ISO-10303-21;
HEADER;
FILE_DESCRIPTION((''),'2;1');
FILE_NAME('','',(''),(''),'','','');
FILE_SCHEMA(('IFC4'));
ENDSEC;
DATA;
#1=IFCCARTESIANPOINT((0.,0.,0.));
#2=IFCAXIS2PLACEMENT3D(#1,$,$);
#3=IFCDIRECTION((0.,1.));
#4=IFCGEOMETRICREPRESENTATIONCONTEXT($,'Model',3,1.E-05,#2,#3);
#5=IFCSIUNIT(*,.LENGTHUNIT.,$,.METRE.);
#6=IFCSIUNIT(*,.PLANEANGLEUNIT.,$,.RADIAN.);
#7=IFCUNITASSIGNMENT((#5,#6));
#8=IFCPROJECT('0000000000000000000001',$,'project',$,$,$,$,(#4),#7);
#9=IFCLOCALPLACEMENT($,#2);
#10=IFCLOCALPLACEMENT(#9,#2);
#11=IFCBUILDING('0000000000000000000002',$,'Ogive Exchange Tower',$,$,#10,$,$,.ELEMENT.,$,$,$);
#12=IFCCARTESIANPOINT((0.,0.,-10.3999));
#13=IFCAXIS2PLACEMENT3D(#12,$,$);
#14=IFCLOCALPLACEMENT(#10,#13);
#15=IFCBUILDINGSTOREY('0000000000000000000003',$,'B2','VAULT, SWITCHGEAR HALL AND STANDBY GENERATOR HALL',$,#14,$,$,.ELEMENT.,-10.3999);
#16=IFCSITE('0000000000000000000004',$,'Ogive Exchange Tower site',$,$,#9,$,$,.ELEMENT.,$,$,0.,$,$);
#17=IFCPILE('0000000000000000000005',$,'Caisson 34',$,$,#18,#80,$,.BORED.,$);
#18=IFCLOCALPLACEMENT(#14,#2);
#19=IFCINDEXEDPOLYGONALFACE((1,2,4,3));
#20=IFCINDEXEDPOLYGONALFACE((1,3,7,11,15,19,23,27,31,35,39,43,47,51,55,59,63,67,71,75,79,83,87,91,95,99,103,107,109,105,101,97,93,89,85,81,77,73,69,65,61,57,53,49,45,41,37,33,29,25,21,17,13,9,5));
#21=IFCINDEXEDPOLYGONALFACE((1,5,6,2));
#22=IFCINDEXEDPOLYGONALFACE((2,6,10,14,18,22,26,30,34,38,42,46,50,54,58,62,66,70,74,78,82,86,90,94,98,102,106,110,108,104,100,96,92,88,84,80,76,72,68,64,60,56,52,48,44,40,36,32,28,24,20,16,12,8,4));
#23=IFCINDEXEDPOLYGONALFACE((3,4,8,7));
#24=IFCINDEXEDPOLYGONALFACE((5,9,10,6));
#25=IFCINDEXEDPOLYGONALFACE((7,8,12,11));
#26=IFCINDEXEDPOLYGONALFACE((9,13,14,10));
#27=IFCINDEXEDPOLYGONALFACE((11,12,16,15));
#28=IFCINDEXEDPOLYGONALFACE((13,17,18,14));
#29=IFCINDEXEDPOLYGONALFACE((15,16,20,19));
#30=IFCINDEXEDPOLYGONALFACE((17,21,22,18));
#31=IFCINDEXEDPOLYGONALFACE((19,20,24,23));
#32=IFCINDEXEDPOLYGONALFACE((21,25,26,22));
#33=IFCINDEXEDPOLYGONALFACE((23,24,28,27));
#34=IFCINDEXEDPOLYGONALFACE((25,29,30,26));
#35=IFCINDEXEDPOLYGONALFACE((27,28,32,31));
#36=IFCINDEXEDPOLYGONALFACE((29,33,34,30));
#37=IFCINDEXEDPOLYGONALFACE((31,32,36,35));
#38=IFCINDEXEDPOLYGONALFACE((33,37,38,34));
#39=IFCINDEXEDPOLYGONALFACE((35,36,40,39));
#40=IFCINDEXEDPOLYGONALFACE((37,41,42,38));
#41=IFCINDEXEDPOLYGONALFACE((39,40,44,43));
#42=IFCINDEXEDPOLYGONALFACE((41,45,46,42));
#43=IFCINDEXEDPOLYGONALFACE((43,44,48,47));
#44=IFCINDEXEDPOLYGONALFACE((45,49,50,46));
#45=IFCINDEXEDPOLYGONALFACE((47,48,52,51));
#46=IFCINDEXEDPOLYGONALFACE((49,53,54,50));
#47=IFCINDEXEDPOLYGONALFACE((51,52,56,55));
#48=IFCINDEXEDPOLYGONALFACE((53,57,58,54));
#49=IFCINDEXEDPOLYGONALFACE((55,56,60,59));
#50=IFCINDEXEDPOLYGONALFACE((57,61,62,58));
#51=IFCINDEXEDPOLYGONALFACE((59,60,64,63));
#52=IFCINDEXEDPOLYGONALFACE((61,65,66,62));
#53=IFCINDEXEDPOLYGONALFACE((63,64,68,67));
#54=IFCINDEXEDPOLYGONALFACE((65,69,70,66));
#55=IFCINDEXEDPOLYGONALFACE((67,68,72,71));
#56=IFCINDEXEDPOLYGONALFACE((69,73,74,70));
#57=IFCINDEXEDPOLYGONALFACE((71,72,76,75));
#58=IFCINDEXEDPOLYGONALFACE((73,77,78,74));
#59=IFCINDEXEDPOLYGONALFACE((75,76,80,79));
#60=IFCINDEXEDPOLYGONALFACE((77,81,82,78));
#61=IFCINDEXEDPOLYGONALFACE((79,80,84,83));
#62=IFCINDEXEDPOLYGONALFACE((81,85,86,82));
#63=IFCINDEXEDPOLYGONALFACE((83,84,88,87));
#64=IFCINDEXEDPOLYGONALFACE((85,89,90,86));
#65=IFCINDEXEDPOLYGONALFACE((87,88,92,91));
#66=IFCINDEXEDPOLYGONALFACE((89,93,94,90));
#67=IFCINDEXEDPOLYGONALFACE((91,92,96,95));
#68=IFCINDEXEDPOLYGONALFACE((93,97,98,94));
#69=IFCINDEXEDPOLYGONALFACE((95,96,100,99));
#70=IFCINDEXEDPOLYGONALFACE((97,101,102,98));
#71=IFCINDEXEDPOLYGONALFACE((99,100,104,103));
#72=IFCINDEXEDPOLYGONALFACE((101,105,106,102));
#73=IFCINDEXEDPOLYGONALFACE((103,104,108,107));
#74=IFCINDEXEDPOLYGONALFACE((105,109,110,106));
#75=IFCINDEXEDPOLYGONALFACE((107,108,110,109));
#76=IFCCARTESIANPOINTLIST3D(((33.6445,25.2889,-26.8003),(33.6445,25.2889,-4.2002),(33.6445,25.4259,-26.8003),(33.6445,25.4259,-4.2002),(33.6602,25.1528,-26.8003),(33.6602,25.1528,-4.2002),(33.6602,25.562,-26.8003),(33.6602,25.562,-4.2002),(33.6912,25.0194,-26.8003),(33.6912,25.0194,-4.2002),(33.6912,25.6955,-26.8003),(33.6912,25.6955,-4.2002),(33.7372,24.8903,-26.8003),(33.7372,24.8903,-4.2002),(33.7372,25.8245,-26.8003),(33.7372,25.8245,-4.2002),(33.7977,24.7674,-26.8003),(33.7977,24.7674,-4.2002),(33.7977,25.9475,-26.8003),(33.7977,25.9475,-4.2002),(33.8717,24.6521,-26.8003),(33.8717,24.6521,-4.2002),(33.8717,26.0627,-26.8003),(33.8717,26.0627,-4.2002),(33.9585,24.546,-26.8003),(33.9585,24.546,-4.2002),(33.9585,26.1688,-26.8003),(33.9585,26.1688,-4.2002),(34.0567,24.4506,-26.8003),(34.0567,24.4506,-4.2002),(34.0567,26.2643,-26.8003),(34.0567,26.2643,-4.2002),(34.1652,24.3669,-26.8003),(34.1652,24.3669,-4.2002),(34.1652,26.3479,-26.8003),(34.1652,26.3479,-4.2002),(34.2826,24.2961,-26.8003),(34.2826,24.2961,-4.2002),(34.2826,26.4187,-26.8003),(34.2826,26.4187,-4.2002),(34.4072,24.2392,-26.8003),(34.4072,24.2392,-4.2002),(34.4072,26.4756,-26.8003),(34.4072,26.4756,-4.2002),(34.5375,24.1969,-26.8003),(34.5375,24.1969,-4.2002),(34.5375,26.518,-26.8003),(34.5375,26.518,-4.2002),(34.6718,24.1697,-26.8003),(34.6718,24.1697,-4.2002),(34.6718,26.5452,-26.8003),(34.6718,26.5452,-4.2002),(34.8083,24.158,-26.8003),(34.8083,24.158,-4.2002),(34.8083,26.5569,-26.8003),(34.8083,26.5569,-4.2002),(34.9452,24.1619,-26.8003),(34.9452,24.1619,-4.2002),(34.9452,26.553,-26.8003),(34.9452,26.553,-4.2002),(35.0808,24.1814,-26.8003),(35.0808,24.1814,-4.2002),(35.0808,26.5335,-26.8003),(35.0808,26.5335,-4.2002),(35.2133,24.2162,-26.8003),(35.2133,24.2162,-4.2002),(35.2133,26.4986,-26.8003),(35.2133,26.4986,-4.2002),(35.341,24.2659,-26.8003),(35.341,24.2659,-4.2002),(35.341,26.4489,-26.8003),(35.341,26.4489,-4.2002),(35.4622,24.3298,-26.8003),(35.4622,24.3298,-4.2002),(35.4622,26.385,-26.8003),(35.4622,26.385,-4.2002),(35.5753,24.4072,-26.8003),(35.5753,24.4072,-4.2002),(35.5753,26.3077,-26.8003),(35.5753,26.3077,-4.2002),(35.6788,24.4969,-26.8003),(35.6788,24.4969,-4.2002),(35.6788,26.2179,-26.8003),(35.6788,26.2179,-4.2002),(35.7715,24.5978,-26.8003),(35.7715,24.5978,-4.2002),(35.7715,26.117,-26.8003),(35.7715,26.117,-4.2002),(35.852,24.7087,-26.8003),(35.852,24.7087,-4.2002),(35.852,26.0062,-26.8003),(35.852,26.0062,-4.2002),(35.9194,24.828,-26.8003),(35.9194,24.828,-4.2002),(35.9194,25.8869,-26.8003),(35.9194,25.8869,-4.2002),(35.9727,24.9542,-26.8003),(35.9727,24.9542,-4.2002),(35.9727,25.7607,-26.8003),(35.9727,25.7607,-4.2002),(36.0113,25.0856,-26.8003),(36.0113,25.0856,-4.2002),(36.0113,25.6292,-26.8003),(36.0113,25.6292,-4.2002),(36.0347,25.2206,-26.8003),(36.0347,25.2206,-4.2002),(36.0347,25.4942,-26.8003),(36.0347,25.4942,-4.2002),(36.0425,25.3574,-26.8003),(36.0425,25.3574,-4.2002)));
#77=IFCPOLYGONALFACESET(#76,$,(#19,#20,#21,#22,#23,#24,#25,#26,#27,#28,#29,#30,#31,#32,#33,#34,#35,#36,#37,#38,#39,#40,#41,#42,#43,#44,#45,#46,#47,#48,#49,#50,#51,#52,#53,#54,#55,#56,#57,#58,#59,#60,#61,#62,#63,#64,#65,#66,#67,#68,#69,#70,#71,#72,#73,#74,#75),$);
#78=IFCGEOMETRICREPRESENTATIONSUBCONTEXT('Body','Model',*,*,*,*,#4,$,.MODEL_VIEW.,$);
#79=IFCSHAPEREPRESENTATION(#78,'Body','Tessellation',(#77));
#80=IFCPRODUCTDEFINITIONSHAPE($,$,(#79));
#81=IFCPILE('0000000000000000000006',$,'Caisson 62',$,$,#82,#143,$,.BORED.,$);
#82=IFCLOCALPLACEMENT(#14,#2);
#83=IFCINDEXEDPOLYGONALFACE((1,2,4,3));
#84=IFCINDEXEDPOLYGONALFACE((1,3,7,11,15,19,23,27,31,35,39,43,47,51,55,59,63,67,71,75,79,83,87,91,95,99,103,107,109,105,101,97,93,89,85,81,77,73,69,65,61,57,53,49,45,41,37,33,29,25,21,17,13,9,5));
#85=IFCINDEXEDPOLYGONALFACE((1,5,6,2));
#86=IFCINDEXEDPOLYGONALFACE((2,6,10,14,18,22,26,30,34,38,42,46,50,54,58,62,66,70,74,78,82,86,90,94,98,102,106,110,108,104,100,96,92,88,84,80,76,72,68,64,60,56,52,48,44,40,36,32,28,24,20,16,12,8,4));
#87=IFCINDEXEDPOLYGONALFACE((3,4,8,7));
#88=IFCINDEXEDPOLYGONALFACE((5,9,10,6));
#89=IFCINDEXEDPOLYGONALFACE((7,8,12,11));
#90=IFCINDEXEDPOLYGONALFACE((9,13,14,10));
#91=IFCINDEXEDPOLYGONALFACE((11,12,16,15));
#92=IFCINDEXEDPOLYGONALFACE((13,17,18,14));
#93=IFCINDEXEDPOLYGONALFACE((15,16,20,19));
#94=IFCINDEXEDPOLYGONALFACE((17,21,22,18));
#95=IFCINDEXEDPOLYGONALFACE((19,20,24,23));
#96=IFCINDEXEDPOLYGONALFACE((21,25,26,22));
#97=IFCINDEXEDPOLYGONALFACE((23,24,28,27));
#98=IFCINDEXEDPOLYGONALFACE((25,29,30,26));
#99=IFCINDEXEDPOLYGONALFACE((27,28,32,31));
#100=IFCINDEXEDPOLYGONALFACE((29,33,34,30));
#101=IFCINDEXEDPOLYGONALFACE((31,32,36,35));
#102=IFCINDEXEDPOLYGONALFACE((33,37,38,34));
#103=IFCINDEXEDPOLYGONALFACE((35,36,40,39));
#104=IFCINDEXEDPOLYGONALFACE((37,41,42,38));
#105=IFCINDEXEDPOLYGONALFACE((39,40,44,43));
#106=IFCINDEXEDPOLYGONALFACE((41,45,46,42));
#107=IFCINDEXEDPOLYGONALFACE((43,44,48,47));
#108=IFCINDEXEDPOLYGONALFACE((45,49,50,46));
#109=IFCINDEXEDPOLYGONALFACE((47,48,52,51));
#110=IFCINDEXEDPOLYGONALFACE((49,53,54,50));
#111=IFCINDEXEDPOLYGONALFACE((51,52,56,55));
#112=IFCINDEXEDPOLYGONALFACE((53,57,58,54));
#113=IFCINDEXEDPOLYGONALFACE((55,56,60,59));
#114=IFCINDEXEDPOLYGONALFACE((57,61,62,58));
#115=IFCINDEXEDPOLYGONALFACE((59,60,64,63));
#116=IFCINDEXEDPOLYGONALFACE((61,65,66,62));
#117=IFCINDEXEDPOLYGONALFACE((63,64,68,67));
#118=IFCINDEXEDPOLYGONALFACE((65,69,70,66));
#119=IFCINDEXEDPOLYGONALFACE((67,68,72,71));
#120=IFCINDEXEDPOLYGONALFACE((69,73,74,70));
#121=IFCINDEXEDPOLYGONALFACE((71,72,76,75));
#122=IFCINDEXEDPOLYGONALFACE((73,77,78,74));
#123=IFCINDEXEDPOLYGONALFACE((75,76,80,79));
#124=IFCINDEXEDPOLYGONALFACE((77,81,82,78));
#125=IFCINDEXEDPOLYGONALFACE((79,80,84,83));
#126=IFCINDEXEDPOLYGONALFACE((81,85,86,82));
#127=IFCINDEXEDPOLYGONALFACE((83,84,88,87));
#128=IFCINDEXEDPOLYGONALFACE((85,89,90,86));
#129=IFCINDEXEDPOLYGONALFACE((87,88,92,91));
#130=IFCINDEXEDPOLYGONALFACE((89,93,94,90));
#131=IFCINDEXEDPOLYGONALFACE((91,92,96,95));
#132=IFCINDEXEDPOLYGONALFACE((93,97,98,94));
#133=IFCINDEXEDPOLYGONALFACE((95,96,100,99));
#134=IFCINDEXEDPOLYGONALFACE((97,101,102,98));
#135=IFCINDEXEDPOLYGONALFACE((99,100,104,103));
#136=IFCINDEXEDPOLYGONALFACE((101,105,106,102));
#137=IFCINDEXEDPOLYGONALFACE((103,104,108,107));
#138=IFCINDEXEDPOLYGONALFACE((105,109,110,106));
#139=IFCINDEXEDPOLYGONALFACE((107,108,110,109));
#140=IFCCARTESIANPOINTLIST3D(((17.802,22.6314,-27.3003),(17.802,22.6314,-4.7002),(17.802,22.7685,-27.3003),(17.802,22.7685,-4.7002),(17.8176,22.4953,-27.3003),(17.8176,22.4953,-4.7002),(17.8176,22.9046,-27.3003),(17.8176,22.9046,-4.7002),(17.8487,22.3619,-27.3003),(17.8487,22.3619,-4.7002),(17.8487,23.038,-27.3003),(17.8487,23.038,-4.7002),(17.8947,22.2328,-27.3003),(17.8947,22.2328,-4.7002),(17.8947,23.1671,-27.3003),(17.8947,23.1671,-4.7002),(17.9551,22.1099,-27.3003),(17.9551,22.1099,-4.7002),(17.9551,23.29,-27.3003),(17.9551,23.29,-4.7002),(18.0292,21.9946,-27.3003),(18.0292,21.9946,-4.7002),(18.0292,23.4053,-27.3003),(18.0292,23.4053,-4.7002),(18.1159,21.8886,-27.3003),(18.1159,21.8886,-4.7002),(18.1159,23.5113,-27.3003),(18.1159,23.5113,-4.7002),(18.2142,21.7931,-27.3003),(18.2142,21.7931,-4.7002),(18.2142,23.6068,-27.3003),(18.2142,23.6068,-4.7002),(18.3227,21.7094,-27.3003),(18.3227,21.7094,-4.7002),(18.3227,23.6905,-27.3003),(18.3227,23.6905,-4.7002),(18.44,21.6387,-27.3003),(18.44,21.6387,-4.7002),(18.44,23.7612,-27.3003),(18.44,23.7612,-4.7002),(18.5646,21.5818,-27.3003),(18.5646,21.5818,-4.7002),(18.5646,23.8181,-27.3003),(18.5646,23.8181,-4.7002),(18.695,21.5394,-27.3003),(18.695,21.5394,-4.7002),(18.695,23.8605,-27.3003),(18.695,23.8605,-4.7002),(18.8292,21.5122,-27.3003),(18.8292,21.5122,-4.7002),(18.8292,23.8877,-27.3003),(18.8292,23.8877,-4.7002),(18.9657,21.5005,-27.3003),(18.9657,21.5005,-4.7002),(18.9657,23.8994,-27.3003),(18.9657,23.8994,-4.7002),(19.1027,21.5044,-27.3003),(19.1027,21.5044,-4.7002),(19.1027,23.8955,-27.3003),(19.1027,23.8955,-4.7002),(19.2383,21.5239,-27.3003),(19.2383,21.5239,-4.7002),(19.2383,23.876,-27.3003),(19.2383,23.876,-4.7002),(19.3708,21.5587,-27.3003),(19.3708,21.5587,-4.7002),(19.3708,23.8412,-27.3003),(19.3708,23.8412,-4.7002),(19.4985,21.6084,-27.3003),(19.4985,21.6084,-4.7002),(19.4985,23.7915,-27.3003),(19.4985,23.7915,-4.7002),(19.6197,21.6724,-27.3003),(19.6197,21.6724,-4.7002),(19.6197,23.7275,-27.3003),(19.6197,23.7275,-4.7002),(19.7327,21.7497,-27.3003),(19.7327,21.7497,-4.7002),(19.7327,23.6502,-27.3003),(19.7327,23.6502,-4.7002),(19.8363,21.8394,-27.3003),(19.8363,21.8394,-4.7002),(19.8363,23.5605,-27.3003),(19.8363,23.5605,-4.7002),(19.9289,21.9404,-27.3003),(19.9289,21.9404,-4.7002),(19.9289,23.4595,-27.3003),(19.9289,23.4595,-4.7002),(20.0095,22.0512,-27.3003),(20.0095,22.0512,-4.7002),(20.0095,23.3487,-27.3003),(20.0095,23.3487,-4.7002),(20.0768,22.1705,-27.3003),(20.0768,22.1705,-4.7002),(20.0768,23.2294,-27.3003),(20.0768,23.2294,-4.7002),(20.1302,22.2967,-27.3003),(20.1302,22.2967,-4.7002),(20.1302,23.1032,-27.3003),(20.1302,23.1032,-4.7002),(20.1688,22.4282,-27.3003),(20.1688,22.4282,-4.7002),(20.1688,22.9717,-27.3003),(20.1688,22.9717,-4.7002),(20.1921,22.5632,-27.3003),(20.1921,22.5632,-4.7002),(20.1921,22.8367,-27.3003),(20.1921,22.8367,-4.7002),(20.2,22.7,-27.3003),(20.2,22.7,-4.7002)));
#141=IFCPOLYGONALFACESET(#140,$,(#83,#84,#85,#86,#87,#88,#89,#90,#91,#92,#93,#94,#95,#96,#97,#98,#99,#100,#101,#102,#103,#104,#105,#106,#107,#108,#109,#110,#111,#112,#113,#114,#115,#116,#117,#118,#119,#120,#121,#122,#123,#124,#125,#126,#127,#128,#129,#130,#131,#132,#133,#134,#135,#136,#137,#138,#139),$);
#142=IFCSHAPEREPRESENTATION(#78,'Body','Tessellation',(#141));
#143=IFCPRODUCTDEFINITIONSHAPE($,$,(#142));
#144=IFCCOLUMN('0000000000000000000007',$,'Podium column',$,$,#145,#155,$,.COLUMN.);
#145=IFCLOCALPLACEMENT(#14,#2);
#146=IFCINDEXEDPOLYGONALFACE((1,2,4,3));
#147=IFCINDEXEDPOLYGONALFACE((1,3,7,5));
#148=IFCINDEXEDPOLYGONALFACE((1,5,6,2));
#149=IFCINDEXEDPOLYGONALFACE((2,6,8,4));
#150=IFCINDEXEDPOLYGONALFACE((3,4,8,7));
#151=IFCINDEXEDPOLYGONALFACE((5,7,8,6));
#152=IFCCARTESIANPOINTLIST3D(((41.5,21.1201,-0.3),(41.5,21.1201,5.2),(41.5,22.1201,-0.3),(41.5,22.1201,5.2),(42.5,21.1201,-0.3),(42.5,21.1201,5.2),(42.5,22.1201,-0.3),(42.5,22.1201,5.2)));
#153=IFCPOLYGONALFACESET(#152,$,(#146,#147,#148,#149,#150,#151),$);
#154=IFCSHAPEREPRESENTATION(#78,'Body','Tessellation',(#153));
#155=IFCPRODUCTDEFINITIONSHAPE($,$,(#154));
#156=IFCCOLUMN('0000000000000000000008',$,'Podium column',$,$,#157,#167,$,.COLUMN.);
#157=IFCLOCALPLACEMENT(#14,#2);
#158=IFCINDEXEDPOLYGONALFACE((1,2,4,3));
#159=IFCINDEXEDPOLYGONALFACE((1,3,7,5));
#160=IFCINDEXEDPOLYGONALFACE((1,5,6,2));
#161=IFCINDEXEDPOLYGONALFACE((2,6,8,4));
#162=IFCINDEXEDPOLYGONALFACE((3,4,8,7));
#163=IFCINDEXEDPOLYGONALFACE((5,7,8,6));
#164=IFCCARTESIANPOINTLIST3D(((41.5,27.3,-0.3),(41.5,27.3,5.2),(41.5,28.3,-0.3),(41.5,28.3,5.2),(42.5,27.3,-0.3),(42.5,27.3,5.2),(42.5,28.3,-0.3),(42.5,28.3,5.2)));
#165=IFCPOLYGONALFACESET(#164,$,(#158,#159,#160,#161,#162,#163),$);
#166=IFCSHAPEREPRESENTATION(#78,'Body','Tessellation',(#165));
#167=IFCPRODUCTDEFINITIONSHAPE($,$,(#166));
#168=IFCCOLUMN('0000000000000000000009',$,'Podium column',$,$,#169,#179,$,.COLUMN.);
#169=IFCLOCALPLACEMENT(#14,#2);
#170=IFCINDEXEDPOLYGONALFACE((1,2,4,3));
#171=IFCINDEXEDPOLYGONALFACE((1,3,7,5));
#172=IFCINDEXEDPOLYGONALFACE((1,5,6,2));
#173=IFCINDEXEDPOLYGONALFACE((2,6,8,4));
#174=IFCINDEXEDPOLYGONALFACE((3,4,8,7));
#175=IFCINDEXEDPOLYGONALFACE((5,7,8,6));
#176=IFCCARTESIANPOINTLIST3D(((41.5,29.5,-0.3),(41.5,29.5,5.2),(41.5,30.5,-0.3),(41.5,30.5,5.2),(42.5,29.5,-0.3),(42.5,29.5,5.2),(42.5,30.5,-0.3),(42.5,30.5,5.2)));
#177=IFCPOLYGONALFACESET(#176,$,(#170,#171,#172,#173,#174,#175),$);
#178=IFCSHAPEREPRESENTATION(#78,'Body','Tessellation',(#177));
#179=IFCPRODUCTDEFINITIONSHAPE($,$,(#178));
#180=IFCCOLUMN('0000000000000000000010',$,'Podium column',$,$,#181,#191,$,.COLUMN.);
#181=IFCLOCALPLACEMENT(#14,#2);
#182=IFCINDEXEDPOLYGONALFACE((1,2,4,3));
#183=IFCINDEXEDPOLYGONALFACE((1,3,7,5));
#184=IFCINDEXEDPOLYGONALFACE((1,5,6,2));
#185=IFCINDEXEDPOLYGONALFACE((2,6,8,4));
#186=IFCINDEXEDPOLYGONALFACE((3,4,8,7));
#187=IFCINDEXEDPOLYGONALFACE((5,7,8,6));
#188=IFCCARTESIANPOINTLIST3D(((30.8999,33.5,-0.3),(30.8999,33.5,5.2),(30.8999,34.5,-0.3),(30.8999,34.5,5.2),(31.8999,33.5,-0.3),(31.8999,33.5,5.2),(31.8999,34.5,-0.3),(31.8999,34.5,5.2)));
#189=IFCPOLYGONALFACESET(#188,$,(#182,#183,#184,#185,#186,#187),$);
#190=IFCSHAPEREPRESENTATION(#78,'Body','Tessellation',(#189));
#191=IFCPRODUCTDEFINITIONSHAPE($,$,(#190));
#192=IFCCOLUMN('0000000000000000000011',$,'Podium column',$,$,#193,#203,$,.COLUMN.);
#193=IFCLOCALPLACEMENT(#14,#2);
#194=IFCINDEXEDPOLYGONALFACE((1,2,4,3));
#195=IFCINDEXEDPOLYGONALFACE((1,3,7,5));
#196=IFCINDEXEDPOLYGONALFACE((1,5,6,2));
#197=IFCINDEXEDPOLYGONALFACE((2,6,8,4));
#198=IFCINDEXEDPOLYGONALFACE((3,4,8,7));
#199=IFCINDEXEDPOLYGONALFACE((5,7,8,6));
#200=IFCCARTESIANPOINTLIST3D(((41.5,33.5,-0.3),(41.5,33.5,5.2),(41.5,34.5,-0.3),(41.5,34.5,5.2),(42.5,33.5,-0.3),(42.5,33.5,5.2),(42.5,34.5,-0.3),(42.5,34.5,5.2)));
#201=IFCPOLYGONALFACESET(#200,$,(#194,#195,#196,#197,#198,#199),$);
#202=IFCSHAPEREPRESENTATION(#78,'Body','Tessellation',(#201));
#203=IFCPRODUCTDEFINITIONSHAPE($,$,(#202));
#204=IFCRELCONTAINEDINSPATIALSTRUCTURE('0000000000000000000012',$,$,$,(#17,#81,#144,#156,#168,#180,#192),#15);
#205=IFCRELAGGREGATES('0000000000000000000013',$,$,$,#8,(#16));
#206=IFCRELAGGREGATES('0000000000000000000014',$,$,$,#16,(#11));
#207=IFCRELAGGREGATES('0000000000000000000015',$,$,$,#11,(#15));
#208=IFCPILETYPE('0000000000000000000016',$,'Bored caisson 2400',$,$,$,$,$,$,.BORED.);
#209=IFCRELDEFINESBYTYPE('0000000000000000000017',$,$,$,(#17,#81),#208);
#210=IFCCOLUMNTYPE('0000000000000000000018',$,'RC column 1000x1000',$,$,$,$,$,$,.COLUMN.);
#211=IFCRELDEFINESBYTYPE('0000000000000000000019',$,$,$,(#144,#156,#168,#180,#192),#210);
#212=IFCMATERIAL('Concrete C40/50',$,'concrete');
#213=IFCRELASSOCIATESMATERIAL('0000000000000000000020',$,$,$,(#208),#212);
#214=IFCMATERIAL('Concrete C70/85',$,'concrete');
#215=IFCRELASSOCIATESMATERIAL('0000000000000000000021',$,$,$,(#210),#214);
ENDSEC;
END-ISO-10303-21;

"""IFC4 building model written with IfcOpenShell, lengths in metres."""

from ifc_helpers import new_model, si_unit, direction, frame, origin, origin_2d, place, context, subcontext, project, spatial, rectangle, circle, extrude, material, material_profile, profile_set, type_object, element, save


model = new_model("IFC4")

# Units and contexts
model_context = context("Model", 3, precision=1e-05, world=origin(), true_north=direction((0.0, 1.0)))
body_context = subcontext(model_context, "Body", "Model", "MODEL_VIEW")
ifc_project = project(units=[si_unit("LENGTHUNIT", "METRE"), si_unit("PLANEANGLEUNIT", "RADIAN")], contexts=[model_context])

# Site, building, storey
site_placement = place(None, origin())
site = spatial("IfcSite", under=ifc_project, at=site_placement, Name="Ogive Exchange Tower site", CompositionType="ELEMENT", RefElevation=0.0)
building_placement = place(site_placement, origin())
building = spatial("IfcBuilding", under=site, at=building_placement, Name="Ogive Exchange Tower", CompositionType="ELEMENT")
storey_placement = place(building_placement, frame((0.0, 0.0, -10.3999)))
storey = spatial("IfcBuildingStorey", under=building, at=storey_placement, Name="B2", Description="VAULT, SWITCHGEAR HALL AND STANDBY GENERATOR HALL", CompositionType="ELEMENT", Elevation=-10.3999)

# Piles
ifc_material_1 = material(Name="Concrete C40/50", Category="concrete")
ifc_material_profile_1 = material_profile(ifc_material_1, circle(Radius=1.2, at=origin_2d()), Name="RC caisson 2400")
ifc_profile_set_1 = profile_set([ifc_material_profile_1], Name="Concrete C40/50")
pile_type = type_object("IfcPileType", Name="Bored caisson 2400", PredefinedType="BORED", material=ifc_profile_set_1)
for number, where, z_axis, x_axis, name in (
    (1, (34.8425, 25.3574, -4.2002), (0.0, 0.0, -1.0), (1.0, 0.0, 0.0), "Caisson 34"),
    (2, (19.0, 22.7, -4.7002), (0.0, 0.0, -1.0), (1.0, 0.0, 0.0), "Caisson 62"),
):
    element("IfcPile", number, at=place(storey_placement, frame(where, z_axis=z_axis, x_axis=x_axis)), inside=storey, type_object=pile_type, Name=name, PredefinedType="BORED", context=body_context, shape_type="SweptSolid", body=[
        extrude(circle(Radius=1.2, at=origin_2d()), origin(), (0.0, 0.0, 1.0), 22.6001),
    ])

# Columns
ifc_material_2 = material(Name="Concrete C70/85", Category="concrete")
ifc_material_profile_2 = material_profile(ifc_material_2, rectangle(XDim=1.0, YDim=1.0, at=origin_2d()), Name="RC 1000x1000")
ifc_profile_set_2 = profile_set([ifc_material_profile_2], Name="Concrete C70/85")
column_type_1 = type_object("IfcColumnType", Name="RC column 1000x1000", PredefinedType="COLUMN", material=ifc_profile_set_2)
for number, where, z_axis, x_axis, name in (
    (3, (42.0, 21.6201, -0.3), (0.0, 0.0, 1.0), (1.0, 0.0, 0.0), "Podium column"),
    (4, (42.0, 27.8, -0.3), (0.0, 0.0, 1.0), (1.0, 0.0, 0.0), "Podium column"),
    (5, (42.0, 30.0, -0.3), (0.0, 0.0, 1.0), (1.0, 0.0, 0.0), "Podium column"),
    (6, (31.3999, 34.0, -0.3), (0.0, 0.0, 1.0), (1.0, 0.0, 0.0), "Podium column"),
    (7, (42.0, 34.0, -0.3), (0.0, 0.0, 1.0), (1.0, 0.0, 0.0), "Podium column"),
):
    element("IfcColumn", number, at=place(storey_placement, frame(where, z_axis=z_axis, x_axis=x_axis)), inside=storey, type_object=column_type_1, Name=name, PredefinedType="COLUMN", context=body_context, shape_type="SweptSolid", body=[
        extrude(rectangle(XDim=1.0, YDim=1.0, at=origin_2d()), origin(), (0.0, 0.0, 1.0), 5.5),
    ])

save(model, "model.ifc")
